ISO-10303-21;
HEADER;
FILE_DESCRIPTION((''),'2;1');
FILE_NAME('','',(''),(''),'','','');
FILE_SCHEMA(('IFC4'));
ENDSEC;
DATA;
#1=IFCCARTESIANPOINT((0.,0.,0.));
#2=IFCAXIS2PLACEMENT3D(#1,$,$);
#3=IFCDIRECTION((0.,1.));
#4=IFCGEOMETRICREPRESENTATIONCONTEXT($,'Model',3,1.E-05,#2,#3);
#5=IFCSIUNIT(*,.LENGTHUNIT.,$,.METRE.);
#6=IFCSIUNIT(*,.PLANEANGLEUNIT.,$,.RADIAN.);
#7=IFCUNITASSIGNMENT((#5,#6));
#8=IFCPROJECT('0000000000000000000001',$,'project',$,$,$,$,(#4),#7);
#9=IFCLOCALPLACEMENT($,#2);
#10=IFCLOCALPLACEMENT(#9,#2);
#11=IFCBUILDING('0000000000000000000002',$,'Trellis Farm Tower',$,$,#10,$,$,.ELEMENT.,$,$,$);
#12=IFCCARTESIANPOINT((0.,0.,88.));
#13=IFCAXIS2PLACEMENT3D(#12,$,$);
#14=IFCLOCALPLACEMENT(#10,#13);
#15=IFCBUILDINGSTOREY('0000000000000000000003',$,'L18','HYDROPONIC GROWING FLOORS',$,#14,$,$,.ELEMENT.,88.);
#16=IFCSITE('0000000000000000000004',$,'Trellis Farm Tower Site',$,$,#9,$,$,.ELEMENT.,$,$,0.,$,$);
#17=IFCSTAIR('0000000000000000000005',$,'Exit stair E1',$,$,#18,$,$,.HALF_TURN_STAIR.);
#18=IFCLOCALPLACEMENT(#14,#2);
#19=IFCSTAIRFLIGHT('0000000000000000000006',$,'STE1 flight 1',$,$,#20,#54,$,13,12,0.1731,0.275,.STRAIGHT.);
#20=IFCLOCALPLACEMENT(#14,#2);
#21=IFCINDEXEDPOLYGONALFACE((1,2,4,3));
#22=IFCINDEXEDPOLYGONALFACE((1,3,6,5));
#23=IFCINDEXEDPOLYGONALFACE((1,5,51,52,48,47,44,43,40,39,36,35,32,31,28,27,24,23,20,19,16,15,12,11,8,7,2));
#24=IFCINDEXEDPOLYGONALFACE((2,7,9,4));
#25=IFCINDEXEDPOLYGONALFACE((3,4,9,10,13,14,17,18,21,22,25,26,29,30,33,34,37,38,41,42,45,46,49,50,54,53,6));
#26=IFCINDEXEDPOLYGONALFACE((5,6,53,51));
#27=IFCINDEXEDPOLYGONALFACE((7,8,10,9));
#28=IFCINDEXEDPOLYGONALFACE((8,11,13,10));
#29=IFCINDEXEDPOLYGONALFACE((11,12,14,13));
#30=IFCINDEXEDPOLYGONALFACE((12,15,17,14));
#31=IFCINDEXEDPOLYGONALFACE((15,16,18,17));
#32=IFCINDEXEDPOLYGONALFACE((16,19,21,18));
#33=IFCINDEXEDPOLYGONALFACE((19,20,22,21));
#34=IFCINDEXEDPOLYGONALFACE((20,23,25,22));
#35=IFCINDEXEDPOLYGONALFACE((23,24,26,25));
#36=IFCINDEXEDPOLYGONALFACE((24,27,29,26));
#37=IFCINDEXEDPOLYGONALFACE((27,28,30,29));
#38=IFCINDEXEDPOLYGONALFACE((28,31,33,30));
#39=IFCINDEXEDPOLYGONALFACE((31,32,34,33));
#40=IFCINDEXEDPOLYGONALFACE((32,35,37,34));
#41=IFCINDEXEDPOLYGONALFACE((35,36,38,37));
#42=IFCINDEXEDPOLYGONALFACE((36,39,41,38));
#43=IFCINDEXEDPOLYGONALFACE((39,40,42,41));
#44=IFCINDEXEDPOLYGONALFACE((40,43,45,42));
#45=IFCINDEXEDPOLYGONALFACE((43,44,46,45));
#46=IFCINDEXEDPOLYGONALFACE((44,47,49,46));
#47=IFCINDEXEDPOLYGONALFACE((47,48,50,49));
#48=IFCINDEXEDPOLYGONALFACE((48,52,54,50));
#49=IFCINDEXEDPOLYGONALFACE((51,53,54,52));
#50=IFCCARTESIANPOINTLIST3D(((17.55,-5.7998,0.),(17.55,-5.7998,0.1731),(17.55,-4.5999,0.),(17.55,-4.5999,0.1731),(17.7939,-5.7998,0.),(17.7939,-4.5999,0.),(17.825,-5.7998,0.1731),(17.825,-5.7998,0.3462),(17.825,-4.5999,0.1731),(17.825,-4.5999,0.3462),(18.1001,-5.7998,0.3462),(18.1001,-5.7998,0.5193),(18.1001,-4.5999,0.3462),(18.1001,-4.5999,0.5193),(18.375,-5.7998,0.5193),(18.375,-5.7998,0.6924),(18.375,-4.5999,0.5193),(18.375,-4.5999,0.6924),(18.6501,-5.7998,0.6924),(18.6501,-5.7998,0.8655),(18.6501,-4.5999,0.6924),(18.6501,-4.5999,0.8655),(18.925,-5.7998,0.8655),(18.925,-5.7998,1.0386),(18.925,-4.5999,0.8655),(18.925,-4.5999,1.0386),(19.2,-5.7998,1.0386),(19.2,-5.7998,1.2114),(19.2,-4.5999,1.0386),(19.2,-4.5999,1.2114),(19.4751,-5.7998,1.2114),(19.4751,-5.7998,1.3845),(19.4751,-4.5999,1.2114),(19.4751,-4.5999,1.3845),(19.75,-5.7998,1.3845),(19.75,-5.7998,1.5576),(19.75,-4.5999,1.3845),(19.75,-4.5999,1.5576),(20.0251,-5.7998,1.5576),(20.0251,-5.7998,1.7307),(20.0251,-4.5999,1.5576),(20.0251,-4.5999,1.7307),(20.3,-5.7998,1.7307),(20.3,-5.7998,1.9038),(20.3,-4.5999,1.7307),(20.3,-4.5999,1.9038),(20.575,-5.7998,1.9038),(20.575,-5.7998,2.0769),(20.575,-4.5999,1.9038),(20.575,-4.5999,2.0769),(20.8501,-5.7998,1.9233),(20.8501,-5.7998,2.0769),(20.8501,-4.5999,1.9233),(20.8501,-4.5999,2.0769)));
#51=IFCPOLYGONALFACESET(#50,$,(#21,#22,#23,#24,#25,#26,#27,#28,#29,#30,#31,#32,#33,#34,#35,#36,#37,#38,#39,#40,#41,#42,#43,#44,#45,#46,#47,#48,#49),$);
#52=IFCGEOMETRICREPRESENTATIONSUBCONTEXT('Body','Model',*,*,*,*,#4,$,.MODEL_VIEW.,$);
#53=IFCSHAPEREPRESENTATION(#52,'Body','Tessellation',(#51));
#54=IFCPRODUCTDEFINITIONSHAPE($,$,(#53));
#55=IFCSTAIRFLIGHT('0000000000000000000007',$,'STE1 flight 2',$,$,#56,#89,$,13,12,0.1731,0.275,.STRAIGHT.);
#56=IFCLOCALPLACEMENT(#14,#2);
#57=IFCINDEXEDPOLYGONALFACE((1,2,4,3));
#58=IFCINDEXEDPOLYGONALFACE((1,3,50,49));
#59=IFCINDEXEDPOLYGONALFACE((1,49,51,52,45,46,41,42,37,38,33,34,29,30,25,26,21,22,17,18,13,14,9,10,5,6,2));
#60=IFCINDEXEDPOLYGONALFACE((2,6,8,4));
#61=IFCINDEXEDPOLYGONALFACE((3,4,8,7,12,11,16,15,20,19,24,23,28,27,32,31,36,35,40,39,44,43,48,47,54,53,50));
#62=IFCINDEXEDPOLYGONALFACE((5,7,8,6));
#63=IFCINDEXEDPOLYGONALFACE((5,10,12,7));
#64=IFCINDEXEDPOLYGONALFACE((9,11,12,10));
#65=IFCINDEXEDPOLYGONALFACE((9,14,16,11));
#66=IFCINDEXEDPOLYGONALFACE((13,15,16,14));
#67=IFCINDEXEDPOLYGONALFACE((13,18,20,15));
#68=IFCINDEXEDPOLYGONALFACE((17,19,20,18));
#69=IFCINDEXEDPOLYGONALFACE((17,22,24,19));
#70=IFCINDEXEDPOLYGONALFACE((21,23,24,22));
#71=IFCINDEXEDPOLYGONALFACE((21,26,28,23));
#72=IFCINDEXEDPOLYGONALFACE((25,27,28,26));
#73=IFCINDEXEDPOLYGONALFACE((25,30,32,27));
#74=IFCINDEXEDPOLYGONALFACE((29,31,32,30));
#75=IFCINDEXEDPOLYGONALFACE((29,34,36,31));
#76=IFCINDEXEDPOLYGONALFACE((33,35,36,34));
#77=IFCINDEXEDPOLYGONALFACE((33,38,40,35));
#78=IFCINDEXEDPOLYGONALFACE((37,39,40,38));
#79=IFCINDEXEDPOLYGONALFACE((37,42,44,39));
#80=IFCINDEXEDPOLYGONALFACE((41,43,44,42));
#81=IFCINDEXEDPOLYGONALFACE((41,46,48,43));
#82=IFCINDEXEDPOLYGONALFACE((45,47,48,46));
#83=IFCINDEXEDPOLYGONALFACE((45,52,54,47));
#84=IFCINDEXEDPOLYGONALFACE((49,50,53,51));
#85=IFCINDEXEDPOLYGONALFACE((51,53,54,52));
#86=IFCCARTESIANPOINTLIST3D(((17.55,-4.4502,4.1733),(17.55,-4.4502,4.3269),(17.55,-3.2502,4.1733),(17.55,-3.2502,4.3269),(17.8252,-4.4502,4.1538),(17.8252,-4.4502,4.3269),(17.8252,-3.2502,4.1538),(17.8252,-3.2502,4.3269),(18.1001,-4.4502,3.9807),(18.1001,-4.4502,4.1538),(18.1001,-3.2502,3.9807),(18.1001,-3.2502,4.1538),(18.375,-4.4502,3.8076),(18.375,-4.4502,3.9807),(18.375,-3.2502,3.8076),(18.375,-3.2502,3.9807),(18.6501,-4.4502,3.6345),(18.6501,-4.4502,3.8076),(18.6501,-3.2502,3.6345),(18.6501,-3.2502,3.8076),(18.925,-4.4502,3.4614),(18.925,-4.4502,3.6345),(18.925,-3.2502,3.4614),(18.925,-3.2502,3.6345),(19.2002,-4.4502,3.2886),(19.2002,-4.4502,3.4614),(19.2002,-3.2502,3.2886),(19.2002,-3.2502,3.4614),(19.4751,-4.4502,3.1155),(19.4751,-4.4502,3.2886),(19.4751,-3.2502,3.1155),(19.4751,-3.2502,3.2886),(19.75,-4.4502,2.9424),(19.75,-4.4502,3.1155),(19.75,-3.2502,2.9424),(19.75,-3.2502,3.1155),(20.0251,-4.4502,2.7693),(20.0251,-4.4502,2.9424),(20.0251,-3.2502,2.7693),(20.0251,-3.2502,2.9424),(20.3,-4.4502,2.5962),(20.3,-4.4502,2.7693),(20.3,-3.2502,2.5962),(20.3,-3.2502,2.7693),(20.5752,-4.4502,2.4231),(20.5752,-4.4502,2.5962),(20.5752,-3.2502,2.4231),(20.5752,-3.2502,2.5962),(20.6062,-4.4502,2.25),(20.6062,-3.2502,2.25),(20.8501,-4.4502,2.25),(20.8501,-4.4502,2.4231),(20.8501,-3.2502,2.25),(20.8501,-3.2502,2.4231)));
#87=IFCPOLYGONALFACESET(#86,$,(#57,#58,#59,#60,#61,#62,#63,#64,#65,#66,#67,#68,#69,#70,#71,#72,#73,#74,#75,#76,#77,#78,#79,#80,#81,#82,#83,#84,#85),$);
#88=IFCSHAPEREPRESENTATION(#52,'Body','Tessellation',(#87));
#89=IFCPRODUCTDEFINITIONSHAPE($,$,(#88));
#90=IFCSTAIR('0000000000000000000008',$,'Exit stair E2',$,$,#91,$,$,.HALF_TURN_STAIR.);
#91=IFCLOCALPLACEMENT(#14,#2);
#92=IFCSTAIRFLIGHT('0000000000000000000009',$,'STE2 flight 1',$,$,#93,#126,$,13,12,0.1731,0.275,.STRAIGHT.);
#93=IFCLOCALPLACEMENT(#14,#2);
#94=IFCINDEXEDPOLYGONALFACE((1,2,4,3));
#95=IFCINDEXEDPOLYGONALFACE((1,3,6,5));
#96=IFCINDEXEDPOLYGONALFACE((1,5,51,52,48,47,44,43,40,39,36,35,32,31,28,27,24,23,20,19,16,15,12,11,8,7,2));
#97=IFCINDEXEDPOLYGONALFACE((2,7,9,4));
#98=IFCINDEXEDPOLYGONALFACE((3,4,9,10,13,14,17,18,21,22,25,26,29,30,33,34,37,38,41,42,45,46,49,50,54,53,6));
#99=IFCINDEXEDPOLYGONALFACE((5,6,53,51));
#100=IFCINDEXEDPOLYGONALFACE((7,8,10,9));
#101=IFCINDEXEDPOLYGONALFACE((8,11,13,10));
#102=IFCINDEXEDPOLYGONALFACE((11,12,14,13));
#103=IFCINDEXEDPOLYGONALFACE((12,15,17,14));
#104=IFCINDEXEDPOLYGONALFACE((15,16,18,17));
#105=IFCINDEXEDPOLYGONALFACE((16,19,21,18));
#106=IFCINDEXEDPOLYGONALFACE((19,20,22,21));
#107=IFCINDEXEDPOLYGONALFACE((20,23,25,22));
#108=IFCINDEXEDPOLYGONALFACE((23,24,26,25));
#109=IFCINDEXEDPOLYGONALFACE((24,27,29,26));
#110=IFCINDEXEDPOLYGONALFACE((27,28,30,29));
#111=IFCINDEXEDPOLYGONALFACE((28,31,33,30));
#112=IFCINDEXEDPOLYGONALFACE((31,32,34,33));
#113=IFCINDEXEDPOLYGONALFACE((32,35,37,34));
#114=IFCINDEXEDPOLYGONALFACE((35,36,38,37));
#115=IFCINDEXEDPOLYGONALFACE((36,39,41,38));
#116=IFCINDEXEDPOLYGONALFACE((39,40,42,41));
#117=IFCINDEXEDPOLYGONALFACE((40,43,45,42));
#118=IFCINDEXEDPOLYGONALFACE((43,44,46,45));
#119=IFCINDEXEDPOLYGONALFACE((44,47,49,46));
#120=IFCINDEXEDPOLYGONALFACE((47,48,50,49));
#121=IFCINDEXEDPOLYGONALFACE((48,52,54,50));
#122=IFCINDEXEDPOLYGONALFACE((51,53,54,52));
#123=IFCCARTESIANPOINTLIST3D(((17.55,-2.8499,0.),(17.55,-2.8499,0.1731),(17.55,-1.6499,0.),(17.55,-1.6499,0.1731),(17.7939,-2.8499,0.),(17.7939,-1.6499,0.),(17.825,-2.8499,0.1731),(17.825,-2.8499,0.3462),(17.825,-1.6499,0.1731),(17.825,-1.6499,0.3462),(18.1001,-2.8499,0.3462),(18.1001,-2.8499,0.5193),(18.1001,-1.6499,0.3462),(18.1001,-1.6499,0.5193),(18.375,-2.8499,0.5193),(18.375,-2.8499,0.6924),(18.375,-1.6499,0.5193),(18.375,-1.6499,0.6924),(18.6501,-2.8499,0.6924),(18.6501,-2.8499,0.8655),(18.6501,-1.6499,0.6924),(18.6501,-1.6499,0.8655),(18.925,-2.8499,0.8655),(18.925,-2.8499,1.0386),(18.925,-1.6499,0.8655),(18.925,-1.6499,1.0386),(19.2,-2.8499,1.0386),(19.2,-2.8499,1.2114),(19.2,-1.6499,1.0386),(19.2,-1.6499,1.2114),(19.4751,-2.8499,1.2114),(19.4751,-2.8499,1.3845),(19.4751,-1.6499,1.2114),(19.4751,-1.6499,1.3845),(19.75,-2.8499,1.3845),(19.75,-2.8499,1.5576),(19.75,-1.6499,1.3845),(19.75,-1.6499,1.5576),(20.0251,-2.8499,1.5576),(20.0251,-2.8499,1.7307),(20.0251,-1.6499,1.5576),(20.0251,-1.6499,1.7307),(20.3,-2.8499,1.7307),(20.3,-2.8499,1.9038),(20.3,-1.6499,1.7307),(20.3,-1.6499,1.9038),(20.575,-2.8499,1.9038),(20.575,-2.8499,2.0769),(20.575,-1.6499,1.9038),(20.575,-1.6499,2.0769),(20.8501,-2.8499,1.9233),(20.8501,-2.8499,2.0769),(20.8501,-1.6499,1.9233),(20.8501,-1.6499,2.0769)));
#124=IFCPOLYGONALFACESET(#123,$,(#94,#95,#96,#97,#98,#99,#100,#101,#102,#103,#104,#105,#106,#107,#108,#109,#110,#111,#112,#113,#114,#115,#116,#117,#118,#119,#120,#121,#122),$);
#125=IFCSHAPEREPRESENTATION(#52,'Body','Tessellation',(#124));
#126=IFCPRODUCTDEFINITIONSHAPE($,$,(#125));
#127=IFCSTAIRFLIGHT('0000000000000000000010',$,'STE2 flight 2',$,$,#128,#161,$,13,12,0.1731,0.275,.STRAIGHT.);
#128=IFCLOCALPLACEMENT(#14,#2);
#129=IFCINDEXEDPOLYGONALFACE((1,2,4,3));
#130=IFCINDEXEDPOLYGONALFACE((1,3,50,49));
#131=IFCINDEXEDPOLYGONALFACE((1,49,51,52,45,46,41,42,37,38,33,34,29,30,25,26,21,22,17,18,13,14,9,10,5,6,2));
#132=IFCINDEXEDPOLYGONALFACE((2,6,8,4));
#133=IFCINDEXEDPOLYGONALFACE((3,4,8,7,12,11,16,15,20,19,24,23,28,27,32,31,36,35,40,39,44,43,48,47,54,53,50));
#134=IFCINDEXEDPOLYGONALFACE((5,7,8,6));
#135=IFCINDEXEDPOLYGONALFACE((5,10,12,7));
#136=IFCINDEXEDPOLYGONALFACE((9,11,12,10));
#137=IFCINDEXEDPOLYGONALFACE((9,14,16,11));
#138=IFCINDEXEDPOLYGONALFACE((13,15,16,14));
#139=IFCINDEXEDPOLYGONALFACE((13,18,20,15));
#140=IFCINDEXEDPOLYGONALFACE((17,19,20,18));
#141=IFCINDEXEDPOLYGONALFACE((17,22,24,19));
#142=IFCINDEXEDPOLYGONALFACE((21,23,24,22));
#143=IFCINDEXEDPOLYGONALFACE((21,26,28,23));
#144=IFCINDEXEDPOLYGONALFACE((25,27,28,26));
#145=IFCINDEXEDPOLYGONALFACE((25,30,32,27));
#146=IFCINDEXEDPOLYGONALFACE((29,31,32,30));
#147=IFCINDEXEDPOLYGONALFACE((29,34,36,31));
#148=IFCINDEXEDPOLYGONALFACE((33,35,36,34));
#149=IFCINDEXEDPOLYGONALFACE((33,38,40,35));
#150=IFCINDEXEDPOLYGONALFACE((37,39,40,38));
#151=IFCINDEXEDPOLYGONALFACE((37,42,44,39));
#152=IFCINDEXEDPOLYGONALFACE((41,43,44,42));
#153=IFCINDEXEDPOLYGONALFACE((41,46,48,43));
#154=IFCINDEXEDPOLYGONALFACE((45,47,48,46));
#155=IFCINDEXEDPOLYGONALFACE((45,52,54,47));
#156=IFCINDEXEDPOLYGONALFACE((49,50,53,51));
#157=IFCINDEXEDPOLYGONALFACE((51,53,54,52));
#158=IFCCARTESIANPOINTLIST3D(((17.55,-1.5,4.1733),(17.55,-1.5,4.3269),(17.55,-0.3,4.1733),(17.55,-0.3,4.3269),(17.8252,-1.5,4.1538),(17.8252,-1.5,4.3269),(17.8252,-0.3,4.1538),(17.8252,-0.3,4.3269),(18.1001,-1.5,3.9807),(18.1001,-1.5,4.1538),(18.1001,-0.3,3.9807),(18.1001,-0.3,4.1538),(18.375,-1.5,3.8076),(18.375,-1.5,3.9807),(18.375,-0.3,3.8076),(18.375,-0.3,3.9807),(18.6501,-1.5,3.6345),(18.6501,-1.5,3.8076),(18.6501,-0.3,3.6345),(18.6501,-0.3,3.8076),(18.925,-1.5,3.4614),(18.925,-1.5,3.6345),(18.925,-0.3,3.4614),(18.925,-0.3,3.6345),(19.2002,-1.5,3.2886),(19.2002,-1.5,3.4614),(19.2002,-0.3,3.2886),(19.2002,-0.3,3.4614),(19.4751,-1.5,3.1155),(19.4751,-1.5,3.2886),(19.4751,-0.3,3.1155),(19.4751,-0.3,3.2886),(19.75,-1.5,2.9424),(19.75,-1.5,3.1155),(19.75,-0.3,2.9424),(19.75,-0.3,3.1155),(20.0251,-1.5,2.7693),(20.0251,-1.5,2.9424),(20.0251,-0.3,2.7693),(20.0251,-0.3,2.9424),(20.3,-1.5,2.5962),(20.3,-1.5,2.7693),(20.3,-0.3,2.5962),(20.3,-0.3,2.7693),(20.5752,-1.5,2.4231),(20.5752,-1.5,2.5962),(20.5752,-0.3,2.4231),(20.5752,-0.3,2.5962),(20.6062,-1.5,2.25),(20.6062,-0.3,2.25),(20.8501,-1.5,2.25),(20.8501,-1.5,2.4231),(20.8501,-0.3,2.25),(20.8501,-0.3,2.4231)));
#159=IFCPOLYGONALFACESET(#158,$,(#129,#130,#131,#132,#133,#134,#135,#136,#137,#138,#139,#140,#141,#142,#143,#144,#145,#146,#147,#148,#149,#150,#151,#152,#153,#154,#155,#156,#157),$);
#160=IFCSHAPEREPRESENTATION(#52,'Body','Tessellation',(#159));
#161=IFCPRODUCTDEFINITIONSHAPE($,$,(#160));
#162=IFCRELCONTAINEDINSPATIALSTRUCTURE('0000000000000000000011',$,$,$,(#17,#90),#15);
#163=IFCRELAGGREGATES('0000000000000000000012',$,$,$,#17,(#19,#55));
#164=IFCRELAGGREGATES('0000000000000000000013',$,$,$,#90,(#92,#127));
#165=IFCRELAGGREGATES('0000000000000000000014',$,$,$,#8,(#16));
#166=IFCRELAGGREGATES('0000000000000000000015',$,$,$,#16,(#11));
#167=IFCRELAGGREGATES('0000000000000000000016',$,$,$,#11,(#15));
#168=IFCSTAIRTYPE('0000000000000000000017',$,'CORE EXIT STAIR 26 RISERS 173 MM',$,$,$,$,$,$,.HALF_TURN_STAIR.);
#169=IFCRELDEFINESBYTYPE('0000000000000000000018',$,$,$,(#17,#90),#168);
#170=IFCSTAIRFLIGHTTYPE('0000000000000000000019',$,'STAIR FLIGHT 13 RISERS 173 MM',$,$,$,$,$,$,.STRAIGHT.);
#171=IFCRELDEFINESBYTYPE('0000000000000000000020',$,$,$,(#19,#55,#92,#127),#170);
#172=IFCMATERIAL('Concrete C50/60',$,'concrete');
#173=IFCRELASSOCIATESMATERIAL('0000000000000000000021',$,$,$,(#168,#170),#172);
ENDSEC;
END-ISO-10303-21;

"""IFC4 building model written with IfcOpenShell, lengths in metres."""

from ifc_helpers import new_model, si_unit, direction, frame, origin, place, context, subcontext, project, spatial, polyline, outline, extrude, source, transform, mapped, material, type_object, element, aggregate, save


model = new_model("IFC4")

# Units and contexts
model_context = context("Model", 3, precision=1e-05, world=origin(), true_north=direction((0.0, 1.0)))
body_context = subcontext(model_context, "Body", "Model", "MODEL_VIEW")
ifc_project = project(units=[si_unit("LENGTHUNIT", "METRE"), si_unit("PLANEANGLEUNIT", "RADIAN")], contexts=[model_context])

# Site, building, storey
site_placement = place(None, origin())
site = spatial("IfcSite", under=ifc_project, at=site_placement, Name="Trellis Farm Tower Site", CompositionType="ELEMENT", RefElevation=0.0)
building_placement = place(site_placement, origin())
building = spatial("IfcBuilding", under=site, at=building_placement, Name="Trellis Farm Tower", CompositionType="ELEMENT")
storey_placement = place(building_placement, frame((0.0, 0.0, 88.0)))
storey = spatial("IfcBuildingStorey", under=building, at=storey_placement, Name="L18", Description="HYDROPONIC GROWING FLOORS", CompositionType="ELEMENT", Elevation=88.0)

# Shared definitions
placement = place(storey_placement, origin())

# Stairs, stair flights
ifc_material_1 = material(Name="Concrete C50/60", Category="concrete")
stair_type = type_object("IfcStairType", Name="CORE EXIT STAIR 26 RISERS 173 MM", PredefinedType="HALF_TURN_STAIR", material=ifc_material_1)
stair_1 = element("IfcStair", 1, at=placement, inside=storey, type_object=stair_type, Name="Exit stair E1", PredefinedType="HALF_TURN_STAIR")
stair_flight_type = type_object("IfcStairFlightType", Name="STAIR FLIGHT 13 RISERS 173 MM", PredefinedType="STRAIGHT", material=ifc_material_1)
shared_shape_1 = source(origin(), body_context, "Body", "SweptSolid", [
    extrude(outline(polyline([(0.0, 0.0), (0.0, 0.1731), (0.2749, 0.1731), (0.2749, 0.3462), (0.55, 0.3462), (0.55, 0.5193), (0.825, 0.5193), (0.825, 0.6924), (1.1001, 0.6924), (1.1001, 0.8655), (1.375, 0.8655), (1.375, 1.0386), (1.6499, 1.0386), (1.6499, 1.2114), (1.925, 1.2114), (1.925, 1.3845), (2.2, 1.3845), (2.2, 1.5576), (2.4751, 1.5576), (2.4751, 1.7307), (2.75, 1.7307), (2.75, 1.9038), (3.0249, 1.9038), (3.0249, 2.0769), (3.3, 2.0769), (3.3, 2.25), (3.3, 1.9233), (0.2439, 0.0), (0.0, 0.0)])), frame((0.0, 0.6001, 0.0), z_axis=(0.0, -1.0, 0.0), x_axis=(1.0, 0.0, 0.0)), (0.0, 0.0, 1.0), 1.2),
])
stair_flight_1_placement = place(storey_placement, frame((17.55, -5.2, 0.0), z_axis=(0.0, 0.0, 1.0), x_axis=(1.0, 0.0, 0.0)))
stair_flight_1 = element("IfcStairFlight", 2, at=stair_flight_1_placement, type_object=stair_flight_type, Name="STE1 flight 1", NumberOfRisers=13, NumberOfTreads=12, PredefinedType="STRAIGHT", RiserHeight=0.1731, TreadLength=0.275, context=body_context, shape_type="MappedRepresentation", body=[
    mapped(shared_shape_1, transform((0.0, 0.0, 0.0))),
])
stair_flight_2_placement = place(storey_placement, frame((20.8501, -3.8501, 2.25), z_axis=(0.0, 0.0, 1.0), x_axis=(-1.0, 0.0, 0.0)))
stair_flight_2 = element("IfcStairFlight", 3, at=stair_flight_2_placement, type_object=stair_flight_type, Name="STE1 flight 2", NumberOfRisers=13, NumberOfTreads=12, PredefinedType="STRAIGHT", RiserHeight=0.1731, TreadLength=0.275, context=body_context, shape_type="MappedRepresentation", body=[
    mapped(shared_shape_1, transform((0.0, 0.0, 0.0))),
])
aggregate(stair_1, [stair_flight_1, stair_flight_2])
stair_2 = element("IfcStair", 4, at=placement, inside=storey, type_object=stair_type, Name="Exit stair E2", PredefinedType="HALF_TURN_STAIR")
stair_flight_3_placement = place(storey_placement, frame((17.55, -2.25, 0.0), z_axis=(0.0, 0.0, 1.0), x_axis=(1.0, 0.0, 0.0)))
stair_flight_3 = element("IfcStairFlight", 5, at=stair_flight_3_placement, type_object=stair_flight_type, Name="STE2 flight 1", NumberOfRisers=13, NumberOfTreads=12, PredefinedType="STRAIGHT", RiserHeight=0.1731, TreadLength=0.275, context=body_context, shape_type="MappedRepresentation", body=[
    mapped(shared_shape_1, transform((0.0, 0.0, 0.0))),
])
stair_flight_4_placement = place(storey_placement, frame((20.8501, -0.8999, 2.25), z_axis=(0.0, 0.0, 1.0), x_axis=(-1.0, 0.0, 0.0)))
stair_flight_4 = element("IfcStairFlight", 6, at=stair_flight_4_placement, type_object=stair_flight_type, Name="STE2 flight 2", NumberOfRisers=13, NumberOfTreads=12, PredefinedType="STRAIGHT", RiserHeight=0.1731, TreadLength=0.275, context=body_context, shape_type="MappedRepresentation", body=[
    mapped(shared_shape_1, transform((0.0, 0.0, 0.0))),
])
aggregate(stair_2, [stair_flight_3, stair_flight_4])

save(model, "model.ifc")
